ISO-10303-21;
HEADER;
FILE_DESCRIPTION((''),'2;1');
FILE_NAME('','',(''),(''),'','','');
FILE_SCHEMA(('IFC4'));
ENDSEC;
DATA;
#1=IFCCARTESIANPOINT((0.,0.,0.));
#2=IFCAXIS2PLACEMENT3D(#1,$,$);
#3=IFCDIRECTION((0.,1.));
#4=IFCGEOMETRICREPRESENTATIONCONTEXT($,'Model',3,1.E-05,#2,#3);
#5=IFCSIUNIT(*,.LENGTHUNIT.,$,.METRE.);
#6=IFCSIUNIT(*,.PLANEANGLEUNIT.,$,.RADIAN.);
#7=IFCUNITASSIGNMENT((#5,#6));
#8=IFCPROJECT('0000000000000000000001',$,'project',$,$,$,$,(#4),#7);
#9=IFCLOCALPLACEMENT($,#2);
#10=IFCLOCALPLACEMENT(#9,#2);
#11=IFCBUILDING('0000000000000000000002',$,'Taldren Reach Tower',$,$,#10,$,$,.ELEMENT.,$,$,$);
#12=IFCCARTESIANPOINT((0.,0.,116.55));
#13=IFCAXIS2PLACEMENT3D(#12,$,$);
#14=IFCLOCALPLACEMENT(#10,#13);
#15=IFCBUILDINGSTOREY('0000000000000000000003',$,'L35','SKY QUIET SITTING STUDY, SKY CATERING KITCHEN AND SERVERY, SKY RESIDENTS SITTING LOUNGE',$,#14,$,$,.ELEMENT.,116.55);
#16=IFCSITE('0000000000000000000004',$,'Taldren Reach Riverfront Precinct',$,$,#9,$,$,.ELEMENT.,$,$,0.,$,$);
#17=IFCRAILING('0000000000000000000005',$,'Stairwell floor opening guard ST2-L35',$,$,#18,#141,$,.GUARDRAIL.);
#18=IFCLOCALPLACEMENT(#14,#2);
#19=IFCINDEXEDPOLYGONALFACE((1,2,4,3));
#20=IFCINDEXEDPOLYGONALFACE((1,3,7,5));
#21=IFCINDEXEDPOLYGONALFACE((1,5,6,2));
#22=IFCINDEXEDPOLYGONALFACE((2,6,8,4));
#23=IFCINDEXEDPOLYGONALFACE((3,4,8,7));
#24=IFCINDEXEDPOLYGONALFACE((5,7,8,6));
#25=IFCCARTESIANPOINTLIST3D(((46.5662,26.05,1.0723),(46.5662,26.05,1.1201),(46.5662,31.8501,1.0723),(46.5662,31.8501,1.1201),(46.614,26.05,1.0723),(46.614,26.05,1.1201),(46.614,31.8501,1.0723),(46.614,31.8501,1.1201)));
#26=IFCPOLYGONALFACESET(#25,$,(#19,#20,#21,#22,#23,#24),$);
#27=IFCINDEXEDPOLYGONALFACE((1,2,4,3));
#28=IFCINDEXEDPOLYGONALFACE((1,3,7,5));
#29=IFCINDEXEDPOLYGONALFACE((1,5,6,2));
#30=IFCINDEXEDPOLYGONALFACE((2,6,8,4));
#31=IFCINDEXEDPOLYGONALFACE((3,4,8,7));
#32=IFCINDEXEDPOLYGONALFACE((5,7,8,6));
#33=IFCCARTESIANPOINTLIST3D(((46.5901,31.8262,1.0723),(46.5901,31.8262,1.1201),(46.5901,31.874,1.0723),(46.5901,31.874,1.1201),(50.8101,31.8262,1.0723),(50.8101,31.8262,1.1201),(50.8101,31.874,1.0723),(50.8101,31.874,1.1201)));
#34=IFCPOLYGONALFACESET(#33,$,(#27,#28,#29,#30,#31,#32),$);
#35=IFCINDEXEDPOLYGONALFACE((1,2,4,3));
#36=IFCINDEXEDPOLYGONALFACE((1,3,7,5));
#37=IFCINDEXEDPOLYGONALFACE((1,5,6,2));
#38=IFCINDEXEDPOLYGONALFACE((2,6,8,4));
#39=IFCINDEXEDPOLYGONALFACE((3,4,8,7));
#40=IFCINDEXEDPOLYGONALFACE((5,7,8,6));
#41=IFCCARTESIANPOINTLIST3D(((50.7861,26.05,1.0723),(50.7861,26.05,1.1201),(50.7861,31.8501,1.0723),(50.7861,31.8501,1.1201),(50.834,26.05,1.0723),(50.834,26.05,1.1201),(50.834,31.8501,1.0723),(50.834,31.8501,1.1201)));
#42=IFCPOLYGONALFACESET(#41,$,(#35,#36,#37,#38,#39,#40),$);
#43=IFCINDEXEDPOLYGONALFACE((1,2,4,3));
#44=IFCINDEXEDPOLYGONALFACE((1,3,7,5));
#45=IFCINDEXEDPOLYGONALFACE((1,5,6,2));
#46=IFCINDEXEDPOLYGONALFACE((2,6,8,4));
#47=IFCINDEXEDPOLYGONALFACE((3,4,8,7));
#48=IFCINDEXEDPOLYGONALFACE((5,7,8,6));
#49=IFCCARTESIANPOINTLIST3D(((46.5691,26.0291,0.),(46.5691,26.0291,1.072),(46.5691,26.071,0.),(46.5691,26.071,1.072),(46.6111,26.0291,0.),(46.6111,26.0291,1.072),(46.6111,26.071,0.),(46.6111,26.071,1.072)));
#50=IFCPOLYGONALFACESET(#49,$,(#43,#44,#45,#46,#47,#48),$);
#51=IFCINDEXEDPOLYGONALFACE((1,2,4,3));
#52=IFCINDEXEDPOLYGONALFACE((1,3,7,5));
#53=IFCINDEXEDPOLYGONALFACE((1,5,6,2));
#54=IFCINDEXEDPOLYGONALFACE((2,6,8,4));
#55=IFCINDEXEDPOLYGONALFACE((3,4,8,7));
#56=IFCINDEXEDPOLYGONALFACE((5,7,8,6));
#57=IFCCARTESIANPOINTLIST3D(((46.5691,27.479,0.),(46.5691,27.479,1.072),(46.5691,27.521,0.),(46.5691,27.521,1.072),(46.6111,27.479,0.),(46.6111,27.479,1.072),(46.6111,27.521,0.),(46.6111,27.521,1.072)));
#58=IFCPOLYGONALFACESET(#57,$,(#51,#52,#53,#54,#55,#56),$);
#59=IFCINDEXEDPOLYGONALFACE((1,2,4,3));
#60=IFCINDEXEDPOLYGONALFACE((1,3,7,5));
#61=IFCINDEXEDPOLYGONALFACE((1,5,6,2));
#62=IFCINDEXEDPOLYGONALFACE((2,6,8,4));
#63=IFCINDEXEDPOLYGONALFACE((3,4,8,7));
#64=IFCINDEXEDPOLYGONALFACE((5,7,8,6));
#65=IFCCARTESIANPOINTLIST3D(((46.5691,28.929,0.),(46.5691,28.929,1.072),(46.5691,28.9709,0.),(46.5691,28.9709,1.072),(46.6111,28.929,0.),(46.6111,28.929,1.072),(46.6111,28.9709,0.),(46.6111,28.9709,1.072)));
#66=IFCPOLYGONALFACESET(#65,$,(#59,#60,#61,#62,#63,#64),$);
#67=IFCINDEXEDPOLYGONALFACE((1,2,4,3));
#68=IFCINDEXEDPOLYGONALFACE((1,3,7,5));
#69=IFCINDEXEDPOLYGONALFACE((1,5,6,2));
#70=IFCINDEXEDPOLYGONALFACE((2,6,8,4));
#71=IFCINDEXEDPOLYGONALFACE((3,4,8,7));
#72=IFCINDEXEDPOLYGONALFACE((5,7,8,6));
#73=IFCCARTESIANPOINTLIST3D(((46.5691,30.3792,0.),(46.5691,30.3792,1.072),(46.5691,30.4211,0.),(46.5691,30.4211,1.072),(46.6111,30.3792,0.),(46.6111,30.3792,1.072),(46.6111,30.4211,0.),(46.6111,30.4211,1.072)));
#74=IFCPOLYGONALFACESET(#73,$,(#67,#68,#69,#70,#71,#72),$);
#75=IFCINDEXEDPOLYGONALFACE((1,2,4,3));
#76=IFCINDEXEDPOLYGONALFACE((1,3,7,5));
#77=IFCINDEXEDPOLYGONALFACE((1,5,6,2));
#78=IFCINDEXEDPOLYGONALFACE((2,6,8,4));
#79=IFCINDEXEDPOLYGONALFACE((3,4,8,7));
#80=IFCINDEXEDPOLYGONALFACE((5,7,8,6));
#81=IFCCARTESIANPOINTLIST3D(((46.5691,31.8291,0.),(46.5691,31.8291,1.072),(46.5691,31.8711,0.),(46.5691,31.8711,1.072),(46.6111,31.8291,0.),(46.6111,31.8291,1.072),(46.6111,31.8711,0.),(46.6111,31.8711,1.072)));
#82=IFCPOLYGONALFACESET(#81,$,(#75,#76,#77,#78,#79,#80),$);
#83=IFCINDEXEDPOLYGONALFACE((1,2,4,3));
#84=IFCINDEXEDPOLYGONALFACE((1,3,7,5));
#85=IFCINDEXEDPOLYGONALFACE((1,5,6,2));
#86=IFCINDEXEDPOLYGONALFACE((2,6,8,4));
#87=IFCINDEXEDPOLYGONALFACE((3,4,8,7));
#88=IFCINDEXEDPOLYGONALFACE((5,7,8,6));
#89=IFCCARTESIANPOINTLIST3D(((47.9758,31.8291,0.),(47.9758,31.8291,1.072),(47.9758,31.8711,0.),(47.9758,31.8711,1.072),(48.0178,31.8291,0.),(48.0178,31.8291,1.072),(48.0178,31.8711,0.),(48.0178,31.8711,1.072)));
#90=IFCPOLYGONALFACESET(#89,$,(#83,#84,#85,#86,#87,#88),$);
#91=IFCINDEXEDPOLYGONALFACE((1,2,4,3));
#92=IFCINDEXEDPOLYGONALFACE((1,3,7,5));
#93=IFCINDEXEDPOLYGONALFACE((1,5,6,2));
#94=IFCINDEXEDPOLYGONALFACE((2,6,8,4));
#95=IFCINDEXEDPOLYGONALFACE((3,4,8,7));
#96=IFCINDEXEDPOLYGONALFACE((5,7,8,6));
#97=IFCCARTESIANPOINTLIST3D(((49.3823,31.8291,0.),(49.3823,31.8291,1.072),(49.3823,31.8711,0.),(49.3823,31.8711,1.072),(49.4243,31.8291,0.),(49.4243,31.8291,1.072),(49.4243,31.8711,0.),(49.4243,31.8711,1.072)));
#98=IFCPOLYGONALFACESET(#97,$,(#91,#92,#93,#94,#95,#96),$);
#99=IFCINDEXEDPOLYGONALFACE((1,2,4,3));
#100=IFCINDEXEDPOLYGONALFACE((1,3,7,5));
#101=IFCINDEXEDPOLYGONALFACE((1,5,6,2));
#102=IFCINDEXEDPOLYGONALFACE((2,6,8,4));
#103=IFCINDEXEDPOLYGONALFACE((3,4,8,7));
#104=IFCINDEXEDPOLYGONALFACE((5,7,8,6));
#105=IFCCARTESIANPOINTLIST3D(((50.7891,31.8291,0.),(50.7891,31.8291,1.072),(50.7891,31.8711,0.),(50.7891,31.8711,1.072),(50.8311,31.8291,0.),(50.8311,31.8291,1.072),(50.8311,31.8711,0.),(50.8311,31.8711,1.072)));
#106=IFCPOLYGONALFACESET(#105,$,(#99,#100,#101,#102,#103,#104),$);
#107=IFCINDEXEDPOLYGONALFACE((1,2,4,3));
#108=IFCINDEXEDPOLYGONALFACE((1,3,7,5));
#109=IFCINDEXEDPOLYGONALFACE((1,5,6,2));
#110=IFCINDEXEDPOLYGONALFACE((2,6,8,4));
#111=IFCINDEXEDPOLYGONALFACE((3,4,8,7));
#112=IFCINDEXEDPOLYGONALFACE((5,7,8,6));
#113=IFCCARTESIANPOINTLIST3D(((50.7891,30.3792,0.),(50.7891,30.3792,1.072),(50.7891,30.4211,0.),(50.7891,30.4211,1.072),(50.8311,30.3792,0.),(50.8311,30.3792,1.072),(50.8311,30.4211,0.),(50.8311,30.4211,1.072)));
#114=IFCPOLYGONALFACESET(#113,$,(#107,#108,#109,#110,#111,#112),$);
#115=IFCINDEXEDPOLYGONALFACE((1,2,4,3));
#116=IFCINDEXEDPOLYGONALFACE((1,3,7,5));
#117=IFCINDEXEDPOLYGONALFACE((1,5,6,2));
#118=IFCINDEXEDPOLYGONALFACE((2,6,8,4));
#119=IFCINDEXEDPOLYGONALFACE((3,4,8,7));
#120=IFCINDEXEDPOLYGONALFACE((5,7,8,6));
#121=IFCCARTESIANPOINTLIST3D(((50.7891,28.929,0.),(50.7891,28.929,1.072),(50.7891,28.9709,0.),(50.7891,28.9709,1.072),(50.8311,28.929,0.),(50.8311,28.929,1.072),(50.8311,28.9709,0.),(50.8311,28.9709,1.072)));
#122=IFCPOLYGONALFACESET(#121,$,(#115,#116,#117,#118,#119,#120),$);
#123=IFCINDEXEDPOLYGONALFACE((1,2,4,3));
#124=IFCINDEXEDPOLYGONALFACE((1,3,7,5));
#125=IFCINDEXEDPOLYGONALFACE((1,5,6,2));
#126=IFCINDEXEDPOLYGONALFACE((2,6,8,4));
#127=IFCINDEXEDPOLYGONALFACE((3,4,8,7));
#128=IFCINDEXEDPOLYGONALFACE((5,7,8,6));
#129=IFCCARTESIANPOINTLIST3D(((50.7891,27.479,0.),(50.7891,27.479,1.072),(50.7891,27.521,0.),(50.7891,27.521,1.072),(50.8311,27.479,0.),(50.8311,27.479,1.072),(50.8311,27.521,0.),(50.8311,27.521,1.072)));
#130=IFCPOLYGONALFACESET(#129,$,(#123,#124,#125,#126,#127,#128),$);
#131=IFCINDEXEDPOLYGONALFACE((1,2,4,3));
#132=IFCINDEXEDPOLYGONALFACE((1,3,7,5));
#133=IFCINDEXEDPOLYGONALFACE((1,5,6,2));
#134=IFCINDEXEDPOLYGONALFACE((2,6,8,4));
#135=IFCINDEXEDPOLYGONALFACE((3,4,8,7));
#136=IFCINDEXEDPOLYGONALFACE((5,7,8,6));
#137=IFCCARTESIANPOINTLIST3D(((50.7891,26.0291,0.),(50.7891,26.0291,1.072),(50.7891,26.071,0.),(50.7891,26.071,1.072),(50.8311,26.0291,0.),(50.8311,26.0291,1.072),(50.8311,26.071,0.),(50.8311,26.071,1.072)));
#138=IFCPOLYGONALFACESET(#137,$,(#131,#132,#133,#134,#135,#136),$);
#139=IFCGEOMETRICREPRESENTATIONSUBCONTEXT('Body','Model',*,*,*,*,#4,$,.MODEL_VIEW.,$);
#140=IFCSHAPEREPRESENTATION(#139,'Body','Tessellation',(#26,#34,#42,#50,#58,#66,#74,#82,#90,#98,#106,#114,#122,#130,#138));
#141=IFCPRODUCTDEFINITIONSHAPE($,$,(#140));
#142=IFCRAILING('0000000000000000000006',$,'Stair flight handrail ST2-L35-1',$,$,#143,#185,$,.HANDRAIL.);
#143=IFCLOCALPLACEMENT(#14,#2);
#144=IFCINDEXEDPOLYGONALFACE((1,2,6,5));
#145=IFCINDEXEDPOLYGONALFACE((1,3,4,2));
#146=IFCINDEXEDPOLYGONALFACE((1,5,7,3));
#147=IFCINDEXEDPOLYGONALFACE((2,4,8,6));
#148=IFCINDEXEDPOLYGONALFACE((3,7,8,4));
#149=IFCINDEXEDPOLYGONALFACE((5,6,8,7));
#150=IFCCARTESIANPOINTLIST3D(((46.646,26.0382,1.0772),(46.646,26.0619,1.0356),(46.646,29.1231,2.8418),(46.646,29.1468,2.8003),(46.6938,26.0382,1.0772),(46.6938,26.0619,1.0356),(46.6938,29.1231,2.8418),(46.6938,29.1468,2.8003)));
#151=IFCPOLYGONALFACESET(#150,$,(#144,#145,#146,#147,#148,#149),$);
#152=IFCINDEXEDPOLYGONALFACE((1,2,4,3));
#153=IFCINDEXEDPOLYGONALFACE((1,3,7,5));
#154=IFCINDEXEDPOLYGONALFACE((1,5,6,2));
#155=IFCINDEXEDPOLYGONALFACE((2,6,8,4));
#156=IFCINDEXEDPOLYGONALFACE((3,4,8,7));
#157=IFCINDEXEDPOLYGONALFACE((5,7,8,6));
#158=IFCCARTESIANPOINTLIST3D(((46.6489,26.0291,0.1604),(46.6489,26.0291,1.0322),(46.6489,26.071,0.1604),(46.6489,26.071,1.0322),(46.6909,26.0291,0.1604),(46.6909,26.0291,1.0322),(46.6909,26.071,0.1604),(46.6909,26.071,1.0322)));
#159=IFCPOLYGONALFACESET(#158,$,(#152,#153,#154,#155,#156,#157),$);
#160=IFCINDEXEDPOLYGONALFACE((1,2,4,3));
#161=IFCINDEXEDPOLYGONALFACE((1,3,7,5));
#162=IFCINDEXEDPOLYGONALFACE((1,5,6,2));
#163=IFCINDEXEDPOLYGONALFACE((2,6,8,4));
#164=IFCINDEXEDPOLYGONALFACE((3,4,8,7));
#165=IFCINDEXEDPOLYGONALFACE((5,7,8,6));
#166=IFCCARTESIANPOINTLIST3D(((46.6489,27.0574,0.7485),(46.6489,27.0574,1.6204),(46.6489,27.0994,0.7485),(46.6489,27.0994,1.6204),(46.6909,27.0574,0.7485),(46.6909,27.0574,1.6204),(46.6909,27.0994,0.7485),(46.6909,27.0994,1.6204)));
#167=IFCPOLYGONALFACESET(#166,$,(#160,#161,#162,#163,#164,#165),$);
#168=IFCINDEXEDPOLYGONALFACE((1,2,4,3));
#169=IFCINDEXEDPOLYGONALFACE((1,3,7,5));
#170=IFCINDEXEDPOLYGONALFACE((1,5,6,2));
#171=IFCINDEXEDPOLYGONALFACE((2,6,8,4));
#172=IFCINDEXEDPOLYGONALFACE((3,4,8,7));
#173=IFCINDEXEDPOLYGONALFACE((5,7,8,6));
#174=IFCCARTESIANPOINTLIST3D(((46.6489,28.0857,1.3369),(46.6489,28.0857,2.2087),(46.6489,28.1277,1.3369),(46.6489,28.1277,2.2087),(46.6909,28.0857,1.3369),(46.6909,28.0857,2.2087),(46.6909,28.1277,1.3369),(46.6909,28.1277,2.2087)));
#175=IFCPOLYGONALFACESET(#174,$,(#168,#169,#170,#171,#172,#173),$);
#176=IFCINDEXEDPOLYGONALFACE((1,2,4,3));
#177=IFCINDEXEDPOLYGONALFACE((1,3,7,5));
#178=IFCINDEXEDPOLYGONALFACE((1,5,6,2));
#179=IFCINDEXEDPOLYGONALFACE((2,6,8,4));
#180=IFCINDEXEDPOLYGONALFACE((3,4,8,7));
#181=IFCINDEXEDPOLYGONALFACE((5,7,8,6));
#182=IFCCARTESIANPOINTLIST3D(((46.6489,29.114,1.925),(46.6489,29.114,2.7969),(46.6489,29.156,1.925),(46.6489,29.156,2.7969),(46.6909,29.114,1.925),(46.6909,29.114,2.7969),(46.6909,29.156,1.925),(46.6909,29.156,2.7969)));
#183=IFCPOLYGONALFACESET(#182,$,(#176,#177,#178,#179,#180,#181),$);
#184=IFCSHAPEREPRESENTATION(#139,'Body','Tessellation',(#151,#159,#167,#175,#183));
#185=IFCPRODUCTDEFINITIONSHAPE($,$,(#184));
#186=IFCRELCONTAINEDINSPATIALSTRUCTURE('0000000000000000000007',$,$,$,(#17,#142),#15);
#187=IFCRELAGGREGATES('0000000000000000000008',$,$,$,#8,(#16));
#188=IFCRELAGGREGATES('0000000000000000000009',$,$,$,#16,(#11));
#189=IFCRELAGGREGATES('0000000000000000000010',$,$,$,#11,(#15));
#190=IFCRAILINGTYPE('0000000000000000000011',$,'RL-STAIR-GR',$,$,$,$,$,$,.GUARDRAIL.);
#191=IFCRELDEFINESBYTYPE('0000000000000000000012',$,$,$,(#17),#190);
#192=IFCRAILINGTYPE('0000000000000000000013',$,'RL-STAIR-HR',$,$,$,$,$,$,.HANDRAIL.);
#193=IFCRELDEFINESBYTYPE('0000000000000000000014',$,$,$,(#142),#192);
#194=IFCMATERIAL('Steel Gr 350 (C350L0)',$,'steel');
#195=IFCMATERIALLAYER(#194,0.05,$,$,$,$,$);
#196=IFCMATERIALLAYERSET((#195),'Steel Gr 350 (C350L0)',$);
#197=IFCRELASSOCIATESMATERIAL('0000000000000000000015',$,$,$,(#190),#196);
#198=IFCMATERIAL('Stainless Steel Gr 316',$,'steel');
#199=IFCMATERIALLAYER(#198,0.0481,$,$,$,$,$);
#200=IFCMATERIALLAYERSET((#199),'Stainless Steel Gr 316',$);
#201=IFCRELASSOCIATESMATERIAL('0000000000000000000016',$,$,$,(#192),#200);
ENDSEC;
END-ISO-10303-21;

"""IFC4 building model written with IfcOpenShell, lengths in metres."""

from ifc_helpers import new_model, si_unit, direction, frame, origin, origin_2d, place, context, subcontext, project, spatial, rectangle, extrude, material, layer, layer_set, type_object, element, save


model = new_model("IFC4")

# Units and contexts
model_context = context("Model", 3, precision=1e-05, world=origin(), true_north=direction((0.0, 1.0)))
body_context = subcontext(model_context, "Body", "Model", "MODEL_VIEW")
ifc_project = project(units=[si_unit("LENGTHUNIT", "METRE"), si_unit("PLANEANGLEUNIT", "RADIAN")], contexts=[model_context])

# Site, building, storey
site_placement = place(None, origin())
site = spatial("IfcSite", under=ifc_project, at=site_placement, Name="Taldren Reach Riverfront Precinct", CompositionType="ELEMENT", RefElevation=0.0)
building_placement = place(site_placement, origin())
building = spatial("IfcBuilding", under=site, at=building_placement, Name="Taldren Reach Tower", CompositionType="ELEMENT")
storey_placement = place(building_placement, frame((0.0, 0.0, 116.55)))
storey = spatial("IfcBuildingStorey", under=building, at=storey_placement, Name="L35", Description="SKY QUIET SITTING STUDY, SKY CATERING KITCHEN AND SERVERY, SKY RESIDENTS SITTING LOUNGE", CompositionType="ELEMENT", Elevation=116.55)

# Shared definitions
ifc_material_1 = material(Name="Steel Gr 350 (C350L0)", Category="steel")

# Railings
ifc_layer_1 = layer(ifc_material_1, 0.05)
ifc_layer_set_1 = layer_set([ifc_layer_1], Name="Steel Gr 350 (C350L0)")
railing_type_1 = type_object("IfcRailingType", Name="RL-STAIR-GR", PredefinedType="GUARDRAIL", material=ifc_layer_set_1)
railing_1_placement = place(storey_placement, frame((46.5901, 26.05, 0.0)))
element("IfcRailing", 1, at=railing_1_placement, inside=storey, type_object=railing_type_1, Name="Stairwell floor opening guard ST2-L35", PredefinedType="GUARDRAIL", context=body_context, shape_type="SweptSolid", body=[
    extrude(rectangle(XDim=0.0479, YDim=0.0479, at=origin_2d()), frame((0.0, 0.0, 1.0962), z_axis=(0.0, 1.0, 0.0), x_axis=(-1.0, 0.0, 0.0)), (0.0, 0.0, 1.0), 5.8),
    extrude(rectangle(XDim=0.0479, YDim=0.0479, at=origin_2d()), frame((0.0, 5.8, 1.0962), z_axis=(1.0, 0.0, 0.0), x_axis=(0.0, 1.0, 0.0)), (0.0, 0.0, 1.0), 4.22),
    extrude(rectangle(XDim=0.0479, YDim=0.0479, at=origin_2d()), frame((4.22, 5.8, 1.0962), z_axis=(0.0, -1.0, 0.0), x_axis=(1.0, 0.0, 0.0)), (0.0, 0.0, 1.0), 5.8),
    extrude(rectangle(XDim=0.042, YDim=0.042, at=origin_2d()), origin(), (0.0, 0.0, 1.0), 1.072),
    extrude(rectangle(XDim=0.042, YDim=0.042, at=origin_2d()), frame((0.0, 1.45, 0.0)), (0.0, 0.0, 1.0), 1.072),
    extrude(rectangle(XDim=0.042, YDim=0.042, at=origin_2d()), frame((0.0, 2.8999, 0.0)), (0.0, 0.0, 1.0), 1.072),
    extrude(rectangle(XDim=0.042, YDim=0.042, at=origin_2d()), frame((0.0, 4.3501, 0.0)), (0.0, 0.0, 1.0), 1.072),
    extrude(rectangle(XDim=0.042, YDim=0.042, at=origin_2d()), frame((0.0, 5.8, 0.0)), (0.0, 0.0, 1.0), 1.072),
    extrude(rectangle(XDim=0.042, YDim=0.042, at=origin_2d()), frame((1.4067, 5.8, 0.0)), (0.0, 0.0, 1.0), 1.072),
    extrude(rectangle(XDim=0.042, YDim=0.042, at=origin_2d()), frame((2.8132, 5.8, 0.0)), (0.0, 0.0, 1.0), 1.072),
    extrude(rectangle(XDim=0.042, YDim=0.042, at=origin_2d()), frame((4.22, 5.8, 0.0)), (0.0, 0.0, 1.0), 1.072),
    extrude(rectangle(XDim=0.042, YDim=0.042, at=origin_2d()), frame((4.22, 4.3501, 0.0)), (0.0, 0.0, 1.0), 1.072),
    extrude(rectangle(XDim=0.042, YDim=0.042, at=origin_2d()), frame((4.22, 2.8999, 0.0)), (0.0, 0.0, 1.0), 1.072),
    extrude(rectangle(XDim=0.042, YDim=0.042, at=origin_2d()), frame((4.22, 1.45, 0.0)), (0.0, 0.0, 1.0), 1.072),
    extrude(rectangle(XDim=0.042, YDim=0.042, at=origin_2d()), frame((4.22, 0.0, 0.0)), (0.0, 0.0, 1.0), 1.072),
])
ifc_material_2 = material(Name="Stainless Steel Gr 316", Category="steel")
ifc_layer_2 = layer(ifc_material_2, 0.0481)
ifc_layer_set_2 = layer_set([ifc_layer_2], Name="Stainless Steel Gr 316")
railing_type_2 = type_object("IfcRailingType", Name="RL-STAIR-HR", PredefinedType="HANDRAIL", material=ifc_layer_set_2)
railing_2_placement = place(storey_placement, frame((46.6699, 26.05, 0.1604)))
element("IfcRailing", 2, at=railing_2_placement, inside=storey, type_object=railing_type_2, Name="Stair flight handrail ST2-L35-1", PredefinedType="HANDRAIL", context=body_context, shape_type="SweptSolid", body=[
    extrude(rectangle(XDim=0.0479, YDim=0.0479, at=origin_2d()), frame((0.0, 0.0, 0.896), z_axis=(0.0, 0.868023, 0.496524), x_axis=(-1.0, 0.0, 0.0)), (0.0, 0.0, 1.0), 3.554),
    extrude(rectangle(XDim=0.042, YDim=0.042, at=origin_2d()), origin(), (0.0, 0.0, 1.0), 0.8718),
    extrude(rectangle(XDim=0.042, YDim=0.042, at=origin_2d()), frame((0.0, 1.0283, 0.5881)), (0.0, 0.0, 1.0), 0.8718),
    extrude(rectangle(XDim=0.042, YDim=0.042, at=origin_2d()), frame((0.0, 2.0566, 1.1765)), (0.0, 0.0, 1.0), 0.8718),
    extrude(rectangle(XDim=0.042, YDim=0.042, at=origin_2d()), frame((0.0, 3.085, 1.7646)), (0.0, 0.0, 1.0), 0.8718),
])

save(model, "model.ifc")
